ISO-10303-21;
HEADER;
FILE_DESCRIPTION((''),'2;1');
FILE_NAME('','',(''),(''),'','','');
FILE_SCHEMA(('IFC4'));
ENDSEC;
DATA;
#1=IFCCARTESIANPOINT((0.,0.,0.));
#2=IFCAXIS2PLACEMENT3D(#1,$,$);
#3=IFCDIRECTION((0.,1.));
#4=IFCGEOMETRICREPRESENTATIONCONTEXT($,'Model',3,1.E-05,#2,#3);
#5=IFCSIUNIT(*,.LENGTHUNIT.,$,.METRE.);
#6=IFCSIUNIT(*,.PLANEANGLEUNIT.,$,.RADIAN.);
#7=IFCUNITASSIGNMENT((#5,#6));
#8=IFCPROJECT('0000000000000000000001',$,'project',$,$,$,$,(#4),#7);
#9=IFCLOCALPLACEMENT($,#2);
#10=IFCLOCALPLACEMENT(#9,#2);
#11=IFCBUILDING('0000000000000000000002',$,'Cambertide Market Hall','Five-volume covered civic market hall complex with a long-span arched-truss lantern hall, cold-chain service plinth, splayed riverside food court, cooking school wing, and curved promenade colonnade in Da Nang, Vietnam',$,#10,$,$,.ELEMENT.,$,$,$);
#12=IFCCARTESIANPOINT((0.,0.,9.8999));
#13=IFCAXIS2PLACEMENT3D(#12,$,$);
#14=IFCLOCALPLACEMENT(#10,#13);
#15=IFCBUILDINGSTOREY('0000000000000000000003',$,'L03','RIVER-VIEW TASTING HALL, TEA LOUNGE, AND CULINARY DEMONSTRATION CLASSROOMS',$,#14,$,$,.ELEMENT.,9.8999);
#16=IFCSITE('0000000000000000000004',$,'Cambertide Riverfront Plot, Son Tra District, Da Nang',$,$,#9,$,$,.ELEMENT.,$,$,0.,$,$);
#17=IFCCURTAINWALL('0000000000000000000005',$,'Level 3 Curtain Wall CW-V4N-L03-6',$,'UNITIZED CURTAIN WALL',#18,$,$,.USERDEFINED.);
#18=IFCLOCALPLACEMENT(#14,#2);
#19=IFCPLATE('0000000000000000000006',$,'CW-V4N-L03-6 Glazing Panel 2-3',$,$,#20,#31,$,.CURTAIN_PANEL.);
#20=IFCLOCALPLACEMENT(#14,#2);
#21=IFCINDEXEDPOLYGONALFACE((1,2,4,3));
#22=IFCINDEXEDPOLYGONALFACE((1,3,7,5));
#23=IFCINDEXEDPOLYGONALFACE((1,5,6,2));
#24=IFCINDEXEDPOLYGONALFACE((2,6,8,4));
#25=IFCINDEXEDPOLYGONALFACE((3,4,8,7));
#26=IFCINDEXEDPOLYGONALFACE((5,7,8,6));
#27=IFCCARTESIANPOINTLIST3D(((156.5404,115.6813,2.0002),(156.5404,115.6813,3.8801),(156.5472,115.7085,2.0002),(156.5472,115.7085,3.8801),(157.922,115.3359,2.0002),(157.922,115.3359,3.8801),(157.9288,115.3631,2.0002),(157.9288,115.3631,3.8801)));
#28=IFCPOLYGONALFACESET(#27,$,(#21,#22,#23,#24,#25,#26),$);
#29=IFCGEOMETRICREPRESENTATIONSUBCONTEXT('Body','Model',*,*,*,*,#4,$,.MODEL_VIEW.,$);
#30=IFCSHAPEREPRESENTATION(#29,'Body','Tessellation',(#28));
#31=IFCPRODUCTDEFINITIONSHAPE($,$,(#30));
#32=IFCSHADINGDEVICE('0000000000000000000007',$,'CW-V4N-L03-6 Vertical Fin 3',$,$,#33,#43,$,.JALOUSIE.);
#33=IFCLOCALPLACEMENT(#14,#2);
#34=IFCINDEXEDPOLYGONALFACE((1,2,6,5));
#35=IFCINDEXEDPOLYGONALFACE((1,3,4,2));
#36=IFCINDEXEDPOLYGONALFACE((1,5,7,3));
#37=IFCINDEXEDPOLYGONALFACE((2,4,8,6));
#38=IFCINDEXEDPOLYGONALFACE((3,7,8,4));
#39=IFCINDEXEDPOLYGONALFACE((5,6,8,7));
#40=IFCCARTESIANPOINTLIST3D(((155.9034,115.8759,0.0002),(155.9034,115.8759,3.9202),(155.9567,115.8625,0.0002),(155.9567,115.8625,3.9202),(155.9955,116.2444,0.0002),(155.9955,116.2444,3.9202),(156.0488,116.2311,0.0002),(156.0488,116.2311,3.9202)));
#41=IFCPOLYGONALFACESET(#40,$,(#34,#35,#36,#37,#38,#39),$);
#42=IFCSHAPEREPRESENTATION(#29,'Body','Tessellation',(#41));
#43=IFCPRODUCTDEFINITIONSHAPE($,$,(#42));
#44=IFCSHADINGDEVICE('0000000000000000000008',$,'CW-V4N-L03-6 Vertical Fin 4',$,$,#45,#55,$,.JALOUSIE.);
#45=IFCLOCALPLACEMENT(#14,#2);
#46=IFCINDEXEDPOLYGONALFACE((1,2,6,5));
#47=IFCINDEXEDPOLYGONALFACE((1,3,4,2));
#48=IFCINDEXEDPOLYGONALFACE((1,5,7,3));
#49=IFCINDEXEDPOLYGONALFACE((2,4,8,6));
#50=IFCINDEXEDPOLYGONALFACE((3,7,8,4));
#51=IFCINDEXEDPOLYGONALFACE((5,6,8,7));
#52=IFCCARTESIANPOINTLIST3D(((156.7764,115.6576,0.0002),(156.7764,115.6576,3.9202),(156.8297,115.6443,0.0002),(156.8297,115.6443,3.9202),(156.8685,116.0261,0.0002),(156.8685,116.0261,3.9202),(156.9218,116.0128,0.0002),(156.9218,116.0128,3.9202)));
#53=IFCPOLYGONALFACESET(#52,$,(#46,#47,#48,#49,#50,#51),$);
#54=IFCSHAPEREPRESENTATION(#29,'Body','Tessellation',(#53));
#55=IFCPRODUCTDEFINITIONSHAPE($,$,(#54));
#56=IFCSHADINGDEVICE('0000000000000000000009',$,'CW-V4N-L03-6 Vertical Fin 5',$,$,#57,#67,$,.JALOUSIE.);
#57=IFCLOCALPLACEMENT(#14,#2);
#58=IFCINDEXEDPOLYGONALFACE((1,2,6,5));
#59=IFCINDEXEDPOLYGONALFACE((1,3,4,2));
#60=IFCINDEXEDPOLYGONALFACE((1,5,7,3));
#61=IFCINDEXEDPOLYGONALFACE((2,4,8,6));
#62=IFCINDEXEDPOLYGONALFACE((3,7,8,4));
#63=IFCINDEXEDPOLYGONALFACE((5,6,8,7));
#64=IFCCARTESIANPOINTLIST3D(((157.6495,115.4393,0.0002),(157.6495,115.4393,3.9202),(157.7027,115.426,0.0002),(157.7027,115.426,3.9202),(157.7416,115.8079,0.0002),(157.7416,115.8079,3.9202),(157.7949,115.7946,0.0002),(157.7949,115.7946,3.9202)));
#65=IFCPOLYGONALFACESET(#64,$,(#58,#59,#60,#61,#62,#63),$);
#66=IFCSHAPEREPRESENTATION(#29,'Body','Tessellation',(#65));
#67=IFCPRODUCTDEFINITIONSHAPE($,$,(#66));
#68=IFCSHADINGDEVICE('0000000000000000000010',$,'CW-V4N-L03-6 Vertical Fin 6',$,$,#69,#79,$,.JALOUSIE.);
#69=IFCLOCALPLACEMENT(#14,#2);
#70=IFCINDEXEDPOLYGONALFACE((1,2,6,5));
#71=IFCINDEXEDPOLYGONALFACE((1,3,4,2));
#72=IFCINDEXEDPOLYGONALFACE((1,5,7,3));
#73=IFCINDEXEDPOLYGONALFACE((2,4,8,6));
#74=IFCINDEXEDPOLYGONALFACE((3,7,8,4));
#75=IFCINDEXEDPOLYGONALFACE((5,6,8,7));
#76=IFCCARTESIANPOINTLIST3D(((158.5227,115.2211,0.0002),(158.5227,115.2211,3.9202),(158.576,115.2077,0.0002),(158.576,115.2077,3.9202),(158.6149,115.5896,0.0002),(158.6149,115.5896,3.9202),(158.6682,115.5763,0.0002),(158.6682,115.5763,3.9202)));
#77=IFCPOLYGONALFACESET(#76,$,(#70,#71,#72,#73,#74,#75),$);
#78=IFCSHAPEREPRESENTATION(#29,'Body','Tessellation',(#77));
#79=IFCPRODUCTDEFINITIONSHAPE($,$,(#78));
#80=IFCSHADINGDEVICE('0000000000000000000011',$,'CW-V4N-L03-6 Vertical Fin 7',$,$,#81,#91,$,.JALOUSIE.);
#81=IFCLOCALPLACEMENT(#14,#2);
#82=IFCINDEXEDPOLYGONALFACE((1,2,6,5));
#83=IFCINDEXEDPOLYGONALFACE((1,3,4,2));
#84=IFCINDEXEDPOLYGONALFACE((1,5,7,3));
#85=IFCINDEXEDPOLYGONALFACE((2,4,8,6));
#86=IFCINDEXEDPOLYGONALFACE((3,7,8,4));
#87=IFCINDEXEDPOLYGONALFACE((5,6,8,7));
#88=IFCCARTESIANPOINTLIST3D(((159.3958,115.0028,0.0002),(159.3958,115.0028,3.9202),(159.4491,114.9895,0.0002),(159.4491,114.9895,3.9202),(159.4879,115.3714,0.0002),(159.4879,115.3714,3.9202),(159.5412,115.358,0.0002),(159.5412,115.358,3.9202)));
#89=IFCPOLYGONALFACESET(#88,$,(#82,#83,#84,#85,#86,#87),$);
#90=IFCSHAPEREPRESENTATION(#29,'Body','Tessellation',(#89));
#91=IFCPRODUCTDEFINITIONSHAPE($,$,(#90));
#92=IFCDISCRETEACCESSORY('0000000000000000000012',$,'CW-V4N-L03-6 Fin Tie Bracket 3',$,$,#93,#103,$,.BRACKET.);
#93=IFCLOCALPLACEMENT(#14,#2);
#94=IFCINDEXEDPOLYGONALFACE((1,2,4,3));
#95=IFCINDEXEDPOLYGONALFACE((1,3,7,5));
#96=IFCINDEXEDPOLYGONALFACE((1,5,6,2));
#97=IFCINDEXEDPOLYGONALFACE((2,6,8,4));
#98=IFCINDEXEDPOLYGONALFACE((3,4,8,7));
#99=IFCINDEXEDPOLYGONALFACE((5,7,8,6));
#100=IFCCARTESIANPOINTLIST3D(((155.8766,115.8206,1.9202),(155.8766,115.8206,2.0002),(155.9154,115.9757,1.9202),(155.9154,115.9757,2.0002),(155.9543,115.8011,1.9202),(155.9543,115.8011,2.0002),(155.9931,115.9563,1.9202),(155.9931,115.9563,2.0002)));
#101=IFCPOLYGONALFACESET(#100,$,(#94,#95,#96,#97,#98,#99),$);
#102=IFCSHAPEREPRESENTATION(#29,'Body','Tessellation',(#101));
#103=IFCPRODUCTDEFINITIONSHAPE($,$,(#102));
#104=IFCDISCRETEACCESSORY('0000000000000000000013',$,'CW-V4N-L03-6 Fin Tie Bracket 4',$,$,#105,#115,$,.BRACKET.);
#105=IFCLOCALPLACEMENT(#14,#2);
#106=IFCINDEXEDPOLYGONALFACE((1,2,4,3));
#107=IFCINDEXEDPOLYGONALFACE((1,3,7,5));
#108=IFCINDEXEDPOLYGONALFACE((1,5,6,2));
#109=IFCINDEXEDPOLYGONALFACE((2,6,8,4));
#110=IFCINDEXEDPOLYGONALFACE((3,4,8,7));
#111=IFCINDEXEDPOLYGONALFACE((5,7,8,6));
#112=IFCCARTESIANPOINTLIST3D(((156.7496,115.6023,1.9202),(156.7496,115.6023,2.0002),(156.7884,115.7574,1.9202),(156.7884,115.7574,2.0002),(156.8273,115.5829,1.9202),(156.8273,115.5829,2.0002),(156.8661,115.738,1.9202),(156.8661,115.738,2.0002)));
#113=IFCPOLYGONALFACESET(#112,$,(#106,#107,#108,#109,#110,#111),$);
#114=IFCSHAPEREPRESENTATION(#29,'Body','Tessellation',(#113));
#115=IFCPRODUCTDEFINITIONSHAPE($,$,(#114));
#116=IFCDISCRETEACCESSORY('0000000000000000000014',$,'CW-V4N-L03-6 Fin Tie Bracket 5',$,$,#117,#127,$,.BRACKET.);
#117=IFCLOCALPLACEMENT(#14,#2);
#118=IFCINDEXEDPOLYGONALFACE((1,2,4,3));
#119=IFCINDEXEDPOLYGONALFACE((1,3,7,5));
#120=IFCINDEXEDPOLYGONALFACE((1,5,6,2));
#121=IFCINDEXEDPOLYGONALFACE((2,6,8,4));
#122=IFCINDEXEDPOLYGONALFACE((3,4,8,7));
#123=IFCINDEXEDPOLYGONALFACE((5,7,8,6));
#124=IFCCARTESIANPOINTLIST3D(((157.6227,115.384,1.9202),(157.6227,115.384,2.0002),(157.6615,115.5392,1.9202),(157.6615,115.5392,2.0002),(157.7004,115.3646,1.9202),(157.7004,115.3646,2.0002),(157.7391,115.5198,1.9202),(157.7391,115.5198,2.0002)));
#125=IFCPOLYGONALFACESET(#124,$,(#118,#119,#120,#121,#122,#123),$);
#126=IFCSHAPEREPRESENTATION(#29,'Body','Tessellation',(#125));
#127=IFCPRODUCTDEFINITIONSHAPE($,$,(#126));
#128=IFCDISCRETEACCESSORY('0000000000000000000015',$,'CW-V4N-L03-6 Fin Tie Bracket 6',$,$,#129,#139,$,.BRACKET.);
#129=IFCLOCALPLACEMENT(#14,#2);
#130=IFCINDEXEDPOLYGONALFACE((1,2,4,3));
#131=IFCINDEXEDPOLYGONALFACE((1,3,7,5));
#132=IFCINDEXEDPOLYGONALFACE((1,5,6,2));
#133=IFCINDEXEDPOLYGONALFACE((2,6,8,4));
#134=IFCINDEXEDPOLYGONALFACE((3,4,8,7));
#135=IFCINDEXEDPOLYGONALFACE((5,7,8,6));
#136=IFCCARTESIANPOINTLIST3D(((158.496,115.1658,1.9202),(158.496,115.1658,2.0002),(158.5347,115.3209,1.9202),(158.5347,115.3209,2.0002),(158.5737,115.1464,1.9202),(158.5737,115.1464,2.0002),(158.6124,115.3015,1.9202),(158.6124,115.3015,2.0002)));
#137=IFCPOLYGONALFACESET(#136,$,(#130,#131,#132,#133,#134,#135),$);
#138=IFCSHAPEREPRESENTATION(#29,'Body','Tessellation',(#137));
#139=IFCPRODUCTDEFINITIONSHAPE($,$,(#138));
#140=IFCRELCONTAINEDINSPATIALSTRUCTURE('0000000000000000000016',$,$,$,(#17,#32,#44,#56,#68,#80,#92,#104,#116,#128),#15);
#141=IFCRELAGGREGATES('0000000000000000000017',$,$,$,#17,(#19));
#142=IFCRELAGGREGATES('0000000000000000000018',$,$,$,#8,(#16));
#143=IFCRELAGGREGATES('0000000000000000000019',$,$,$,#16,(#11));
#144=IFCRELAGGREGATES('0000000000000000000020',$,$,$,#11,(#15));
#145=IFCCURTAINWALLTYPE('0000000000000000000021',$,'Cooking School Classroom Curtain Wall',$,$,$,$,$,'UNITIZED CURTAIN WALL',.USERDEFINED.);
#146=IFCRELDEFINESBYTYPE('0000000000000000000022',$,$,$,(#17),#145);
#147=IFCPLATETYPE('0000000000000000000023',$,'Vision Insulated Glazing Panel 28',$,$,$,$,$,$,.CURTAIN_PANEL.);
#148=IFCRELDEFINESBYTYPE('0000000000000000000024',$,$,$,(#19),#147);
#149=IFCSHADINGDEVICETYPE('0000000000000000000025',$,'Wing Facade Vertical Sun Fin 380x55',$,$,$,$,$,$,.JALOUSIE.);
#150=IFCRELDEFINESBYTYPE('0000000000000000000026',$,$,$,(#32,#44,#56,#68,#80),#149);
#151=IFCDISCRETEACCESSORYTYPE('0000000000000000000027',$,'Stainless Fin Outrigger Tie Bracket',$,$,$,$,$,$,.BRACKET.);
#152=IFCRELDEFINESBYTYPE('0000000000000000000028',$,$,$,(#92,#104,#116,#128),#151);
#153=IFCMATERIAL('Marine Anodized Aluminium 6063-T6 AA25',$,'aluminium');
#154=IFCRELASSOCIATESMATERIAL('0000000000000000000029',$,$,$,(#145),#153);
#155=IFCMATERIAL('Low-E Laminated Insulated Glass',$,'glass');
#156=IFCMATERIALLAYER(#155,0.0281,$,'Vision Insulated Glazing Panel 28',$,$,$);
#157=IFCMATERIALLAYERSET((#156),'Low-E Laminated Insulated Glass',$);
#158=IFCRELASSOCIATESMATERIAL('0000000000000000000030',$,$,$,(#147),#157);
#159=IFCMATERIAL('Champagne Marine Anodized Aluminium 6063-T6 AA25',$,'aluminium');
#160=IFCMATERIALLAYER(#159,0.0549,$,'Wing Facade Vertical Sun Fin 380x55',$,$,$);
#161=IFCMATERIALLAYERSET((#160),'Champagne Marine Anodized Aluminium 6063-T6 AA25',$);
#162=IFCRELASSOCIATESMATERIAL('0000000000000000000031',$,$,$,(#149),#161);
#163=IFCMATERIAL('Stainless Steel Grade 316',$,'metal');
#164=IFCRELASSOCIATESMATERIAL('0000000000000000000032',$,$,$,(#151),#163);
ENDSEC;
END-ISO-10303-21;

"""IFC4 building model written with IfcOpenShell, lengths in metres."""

from ifc_helpers import new_model, si_unit, direction, frame, origin, origin_2d, place, context, subcontext, project, spatial, rectangle, extrude, material, layer, layer_set, type_object, element, aggregate, save


model = new_model("IFC4")

# Units and contexts
model_context = context("Model", 3, precision=1e-05, world=origin(), true_north=direction((0.0, 1.0)))
body_context = subcontext(model_context, "Body", "Model", "MODEL_VIEW")
ifc_project = project(units=[si_unit("LENGTHUNIT", "METRE"), si_unit("PLANEANGLEUNIT", "RADIAN")], contexts=[model_context])

# Site, building, storey
site_placement = place(None, origin())
site = spatial("IfcSite", under=ifc_project, at=site_placement, Name="Cambertide Riverfront Plot, Son Tra District, Da Nang", CompositionType="ELEMENT", RefElevation=0.0)
building_placement = place(site_placement, origin())
building = spatial("IfcBuilding", under=site, at=building_placement, Name="Cambertide Market Hall", Description="Five-volume covered civic market hall complex with a long-span arched-truss lantern hall, cold-chain service plinth, splayed riverside food court, cooking school wing, and curved promenade colonnade in Da Nang, Vietnam", CompositionType="ELEMENT")
storey_placement = place(building_placement, frame((0.0, 0.0, 9.8999)))
storey = spatial("IfcBuildingStorey", under=building, at=storey_placement, Name="L03", Description="RIVER-VIEW TASTING HALL, TEA LOUNGE, AND CULINARY DEMONSTRATION CLASSROOMS", CompositionType="ELEMENT", Elevation=9.8999)

# Curtain wall, plate
ifc_material_1 = material(Name="Marine Anodized Aluminium 6063-T6 AA25", Category="aluminium")
curtain_wall_type = type_object("IfcCurtainWallType", Name="Cooking School Classroom Curtain Wall", ElementType="UNITIZED CURTAIN WALL", PredefinedType="USERDEFINED", material=ifc_material_1)
curtain_wall_placement = place(storey_placement, origin())
curtain_wall = element("IfcCurtainWall", 1, at=curtain_wall_placement, inside=storey, type_object=curtain_wall_type, Name="Level 3 Curtain Wall CW-V4N-L03-6", ObjectType="UNITIZED CURTAIN WALL", PredefinedType="USERDEFINED")
ifc_material_2 = material(Name="Low-E Laminated Insulated Glass", Category="glass")
ifc_layer_1 = layer(ifc_material_2, 0.0281, Name="Vision Insulated Glazing Panel 28")
ifc_layer_set_1 = layer_set([ifc_layer_1], Name="Low-E Laminated Insulated Glass")
plate_type = type_object("IfcPlateType", Name="Vision Insulated Glazing Panel 28", PredefinedType="CURTAIN_PANEL", material=ifc_layer_set_1)
plate_1_placement = place(storey_placement, frame((157.2346, 115.5222, 2.0002), z_axis=(0.0, 0.0, 1.0), x_axis=(0.970143, -0.242536, 0.0)))
plate_1 = element("IfcPlate", 2, at=plate_1_placement, type_object=plate_type, Name="CW-V4N-L03-6 Glazing Panel 2-3", PredefinedType="CURTAIN_PANEL", context=body_context, shape_type="SweptSolid", body=[
    extrude(rectangle(XDim=1.4241, YDim=0.0281, at=origin_2d()), origin(), (0.0, 0.0, 1.0), 1.8799),
])
aggregate(curtain_wall, [plate_1])

# Shading devices
ifc_material_3 = material(Name="Champagne Marine Anodized Aluminium 6063-T6 AA25", Category="aluminium")
ifc_layer_2 = layer(ifc_material_3, 0.0549, Name="Wing Facade Vertical Sun Fin 380x55")
ifc_layer_set_2 = layer_set([ifc_layer_2], Name="Champagne Marine Anodized Aluminium 6063-T6 AA25")
shading_device_type = type_object("IfcShadingDeviceType", Name="Wing Facade Vertical Sun Fin 380x55", PredefinedType="JALOUSIE", material=ifc_layer_set_2)
for number, where, z_axis, x_axis, name in (
    (3, (155.9761, 116.0535, 0.0002), (0.0, 0.0, 1.0), (0.970143, -0.242536, 0.0), "CW-V4N-L03-6 Vertical Fin 3"),
    (4, (156.8491, 115.8352, 0.0002), (0.0, 0.0, 1.0), (0.970143, -0.242536, 0.0), "CW-V4N-L03-6 Vertical Fin 4"),
    (5, (157.7222, 115.6169, 0.0002), (0.0, 0.0, 1.0), (0.970143, -0.242536, 0.0), "CW-V4N-L03-6 Vertical Fin 5"),
    (6, (158.5955, 115.3987, 0.0002), (0.0, 0.0, 1.0), (0.970143, -0.242536, 0.0), "CW-V4N-L03-6 Vertical Fin 6"),
    (7, (159.4685, 115.1804, 0.0002), (0.0, 0.0, 1.0), (0.970143, -0.242536, 0.0), "CW-V4N-L03-6 Vertical Fin 7"),
):
    element("IfcShadingDevice", number, at=place(storey_placement, frame(where, z_axis=z_axis, x_axis=x_axis)), inside=storey, type_object=shading_device_type, Name=name, PredefinedType="JALOUSIE", context=body_context, shape_type="SweptSolid", body=[
        extrude(rectangle(XDim=0.0549, YDim=0.3799, at=origin_2d()), origin(), (0.0, 0.0, 1.0), 3.9199),
    ])

# Discrete accessories
ifc_material_4 = material(Name="Stainless Steel Grade 316", Category="metal")
discrete_accessory_type = type_object("IfcDiscreteAccessoryType", Name="Stainless Fin Outrigger Tie Bracket", PredefinedType="BRACKET", material=ifc_material_4)
for number, where, z_axis, x_axis, name in (
    (8, (155.9348, 115.8884, 1.9202), (0.0, 0.0, 1.0), (0.970143, -0.242536, 0.0), "CW-V4N-L03-6 Fin Tie Bracket 3"),
    (9, (156.8079, 115.6702, 1.9202), (0.0, 0.0, 1.0), (0.970143, -0.242536, 0.0), "CW-V4N-L03-6 Fin Tie Bracket 4"),
    (10, (157.6809, 115.4519, 1.9202), (0.0, 0.0, 1.0), (0.970143, -0.242536, 0.0), "CW-V4N-L03-6 Fin Tie Bracket 5"),
    (11, (158.5542, 115.2336, 1.9202), (0.0, 0.0, 1.0), (0.970143, -0.242536, 0.0), "CW-V4N-L03-6 Fin Tie Bracket 6"),
):
    element("IfcDiscreteAccessory", number, at=place(storey_placement, frame(where, z_axis=z_axis, x_axis=x_axis)), inside=storey, type_object=discrete_accessory_type, Name=name, PredefinedType="BRACKET", context=body_context, shape_type="SweptSolid", body=[
        extrude(rectangle(XDim=0.0801, YDim=0.1599, at=origin_2d()), origin(), (0.0, 0.0, 1.0), 0.0801),
    ])

save(model, "model.ifc")
